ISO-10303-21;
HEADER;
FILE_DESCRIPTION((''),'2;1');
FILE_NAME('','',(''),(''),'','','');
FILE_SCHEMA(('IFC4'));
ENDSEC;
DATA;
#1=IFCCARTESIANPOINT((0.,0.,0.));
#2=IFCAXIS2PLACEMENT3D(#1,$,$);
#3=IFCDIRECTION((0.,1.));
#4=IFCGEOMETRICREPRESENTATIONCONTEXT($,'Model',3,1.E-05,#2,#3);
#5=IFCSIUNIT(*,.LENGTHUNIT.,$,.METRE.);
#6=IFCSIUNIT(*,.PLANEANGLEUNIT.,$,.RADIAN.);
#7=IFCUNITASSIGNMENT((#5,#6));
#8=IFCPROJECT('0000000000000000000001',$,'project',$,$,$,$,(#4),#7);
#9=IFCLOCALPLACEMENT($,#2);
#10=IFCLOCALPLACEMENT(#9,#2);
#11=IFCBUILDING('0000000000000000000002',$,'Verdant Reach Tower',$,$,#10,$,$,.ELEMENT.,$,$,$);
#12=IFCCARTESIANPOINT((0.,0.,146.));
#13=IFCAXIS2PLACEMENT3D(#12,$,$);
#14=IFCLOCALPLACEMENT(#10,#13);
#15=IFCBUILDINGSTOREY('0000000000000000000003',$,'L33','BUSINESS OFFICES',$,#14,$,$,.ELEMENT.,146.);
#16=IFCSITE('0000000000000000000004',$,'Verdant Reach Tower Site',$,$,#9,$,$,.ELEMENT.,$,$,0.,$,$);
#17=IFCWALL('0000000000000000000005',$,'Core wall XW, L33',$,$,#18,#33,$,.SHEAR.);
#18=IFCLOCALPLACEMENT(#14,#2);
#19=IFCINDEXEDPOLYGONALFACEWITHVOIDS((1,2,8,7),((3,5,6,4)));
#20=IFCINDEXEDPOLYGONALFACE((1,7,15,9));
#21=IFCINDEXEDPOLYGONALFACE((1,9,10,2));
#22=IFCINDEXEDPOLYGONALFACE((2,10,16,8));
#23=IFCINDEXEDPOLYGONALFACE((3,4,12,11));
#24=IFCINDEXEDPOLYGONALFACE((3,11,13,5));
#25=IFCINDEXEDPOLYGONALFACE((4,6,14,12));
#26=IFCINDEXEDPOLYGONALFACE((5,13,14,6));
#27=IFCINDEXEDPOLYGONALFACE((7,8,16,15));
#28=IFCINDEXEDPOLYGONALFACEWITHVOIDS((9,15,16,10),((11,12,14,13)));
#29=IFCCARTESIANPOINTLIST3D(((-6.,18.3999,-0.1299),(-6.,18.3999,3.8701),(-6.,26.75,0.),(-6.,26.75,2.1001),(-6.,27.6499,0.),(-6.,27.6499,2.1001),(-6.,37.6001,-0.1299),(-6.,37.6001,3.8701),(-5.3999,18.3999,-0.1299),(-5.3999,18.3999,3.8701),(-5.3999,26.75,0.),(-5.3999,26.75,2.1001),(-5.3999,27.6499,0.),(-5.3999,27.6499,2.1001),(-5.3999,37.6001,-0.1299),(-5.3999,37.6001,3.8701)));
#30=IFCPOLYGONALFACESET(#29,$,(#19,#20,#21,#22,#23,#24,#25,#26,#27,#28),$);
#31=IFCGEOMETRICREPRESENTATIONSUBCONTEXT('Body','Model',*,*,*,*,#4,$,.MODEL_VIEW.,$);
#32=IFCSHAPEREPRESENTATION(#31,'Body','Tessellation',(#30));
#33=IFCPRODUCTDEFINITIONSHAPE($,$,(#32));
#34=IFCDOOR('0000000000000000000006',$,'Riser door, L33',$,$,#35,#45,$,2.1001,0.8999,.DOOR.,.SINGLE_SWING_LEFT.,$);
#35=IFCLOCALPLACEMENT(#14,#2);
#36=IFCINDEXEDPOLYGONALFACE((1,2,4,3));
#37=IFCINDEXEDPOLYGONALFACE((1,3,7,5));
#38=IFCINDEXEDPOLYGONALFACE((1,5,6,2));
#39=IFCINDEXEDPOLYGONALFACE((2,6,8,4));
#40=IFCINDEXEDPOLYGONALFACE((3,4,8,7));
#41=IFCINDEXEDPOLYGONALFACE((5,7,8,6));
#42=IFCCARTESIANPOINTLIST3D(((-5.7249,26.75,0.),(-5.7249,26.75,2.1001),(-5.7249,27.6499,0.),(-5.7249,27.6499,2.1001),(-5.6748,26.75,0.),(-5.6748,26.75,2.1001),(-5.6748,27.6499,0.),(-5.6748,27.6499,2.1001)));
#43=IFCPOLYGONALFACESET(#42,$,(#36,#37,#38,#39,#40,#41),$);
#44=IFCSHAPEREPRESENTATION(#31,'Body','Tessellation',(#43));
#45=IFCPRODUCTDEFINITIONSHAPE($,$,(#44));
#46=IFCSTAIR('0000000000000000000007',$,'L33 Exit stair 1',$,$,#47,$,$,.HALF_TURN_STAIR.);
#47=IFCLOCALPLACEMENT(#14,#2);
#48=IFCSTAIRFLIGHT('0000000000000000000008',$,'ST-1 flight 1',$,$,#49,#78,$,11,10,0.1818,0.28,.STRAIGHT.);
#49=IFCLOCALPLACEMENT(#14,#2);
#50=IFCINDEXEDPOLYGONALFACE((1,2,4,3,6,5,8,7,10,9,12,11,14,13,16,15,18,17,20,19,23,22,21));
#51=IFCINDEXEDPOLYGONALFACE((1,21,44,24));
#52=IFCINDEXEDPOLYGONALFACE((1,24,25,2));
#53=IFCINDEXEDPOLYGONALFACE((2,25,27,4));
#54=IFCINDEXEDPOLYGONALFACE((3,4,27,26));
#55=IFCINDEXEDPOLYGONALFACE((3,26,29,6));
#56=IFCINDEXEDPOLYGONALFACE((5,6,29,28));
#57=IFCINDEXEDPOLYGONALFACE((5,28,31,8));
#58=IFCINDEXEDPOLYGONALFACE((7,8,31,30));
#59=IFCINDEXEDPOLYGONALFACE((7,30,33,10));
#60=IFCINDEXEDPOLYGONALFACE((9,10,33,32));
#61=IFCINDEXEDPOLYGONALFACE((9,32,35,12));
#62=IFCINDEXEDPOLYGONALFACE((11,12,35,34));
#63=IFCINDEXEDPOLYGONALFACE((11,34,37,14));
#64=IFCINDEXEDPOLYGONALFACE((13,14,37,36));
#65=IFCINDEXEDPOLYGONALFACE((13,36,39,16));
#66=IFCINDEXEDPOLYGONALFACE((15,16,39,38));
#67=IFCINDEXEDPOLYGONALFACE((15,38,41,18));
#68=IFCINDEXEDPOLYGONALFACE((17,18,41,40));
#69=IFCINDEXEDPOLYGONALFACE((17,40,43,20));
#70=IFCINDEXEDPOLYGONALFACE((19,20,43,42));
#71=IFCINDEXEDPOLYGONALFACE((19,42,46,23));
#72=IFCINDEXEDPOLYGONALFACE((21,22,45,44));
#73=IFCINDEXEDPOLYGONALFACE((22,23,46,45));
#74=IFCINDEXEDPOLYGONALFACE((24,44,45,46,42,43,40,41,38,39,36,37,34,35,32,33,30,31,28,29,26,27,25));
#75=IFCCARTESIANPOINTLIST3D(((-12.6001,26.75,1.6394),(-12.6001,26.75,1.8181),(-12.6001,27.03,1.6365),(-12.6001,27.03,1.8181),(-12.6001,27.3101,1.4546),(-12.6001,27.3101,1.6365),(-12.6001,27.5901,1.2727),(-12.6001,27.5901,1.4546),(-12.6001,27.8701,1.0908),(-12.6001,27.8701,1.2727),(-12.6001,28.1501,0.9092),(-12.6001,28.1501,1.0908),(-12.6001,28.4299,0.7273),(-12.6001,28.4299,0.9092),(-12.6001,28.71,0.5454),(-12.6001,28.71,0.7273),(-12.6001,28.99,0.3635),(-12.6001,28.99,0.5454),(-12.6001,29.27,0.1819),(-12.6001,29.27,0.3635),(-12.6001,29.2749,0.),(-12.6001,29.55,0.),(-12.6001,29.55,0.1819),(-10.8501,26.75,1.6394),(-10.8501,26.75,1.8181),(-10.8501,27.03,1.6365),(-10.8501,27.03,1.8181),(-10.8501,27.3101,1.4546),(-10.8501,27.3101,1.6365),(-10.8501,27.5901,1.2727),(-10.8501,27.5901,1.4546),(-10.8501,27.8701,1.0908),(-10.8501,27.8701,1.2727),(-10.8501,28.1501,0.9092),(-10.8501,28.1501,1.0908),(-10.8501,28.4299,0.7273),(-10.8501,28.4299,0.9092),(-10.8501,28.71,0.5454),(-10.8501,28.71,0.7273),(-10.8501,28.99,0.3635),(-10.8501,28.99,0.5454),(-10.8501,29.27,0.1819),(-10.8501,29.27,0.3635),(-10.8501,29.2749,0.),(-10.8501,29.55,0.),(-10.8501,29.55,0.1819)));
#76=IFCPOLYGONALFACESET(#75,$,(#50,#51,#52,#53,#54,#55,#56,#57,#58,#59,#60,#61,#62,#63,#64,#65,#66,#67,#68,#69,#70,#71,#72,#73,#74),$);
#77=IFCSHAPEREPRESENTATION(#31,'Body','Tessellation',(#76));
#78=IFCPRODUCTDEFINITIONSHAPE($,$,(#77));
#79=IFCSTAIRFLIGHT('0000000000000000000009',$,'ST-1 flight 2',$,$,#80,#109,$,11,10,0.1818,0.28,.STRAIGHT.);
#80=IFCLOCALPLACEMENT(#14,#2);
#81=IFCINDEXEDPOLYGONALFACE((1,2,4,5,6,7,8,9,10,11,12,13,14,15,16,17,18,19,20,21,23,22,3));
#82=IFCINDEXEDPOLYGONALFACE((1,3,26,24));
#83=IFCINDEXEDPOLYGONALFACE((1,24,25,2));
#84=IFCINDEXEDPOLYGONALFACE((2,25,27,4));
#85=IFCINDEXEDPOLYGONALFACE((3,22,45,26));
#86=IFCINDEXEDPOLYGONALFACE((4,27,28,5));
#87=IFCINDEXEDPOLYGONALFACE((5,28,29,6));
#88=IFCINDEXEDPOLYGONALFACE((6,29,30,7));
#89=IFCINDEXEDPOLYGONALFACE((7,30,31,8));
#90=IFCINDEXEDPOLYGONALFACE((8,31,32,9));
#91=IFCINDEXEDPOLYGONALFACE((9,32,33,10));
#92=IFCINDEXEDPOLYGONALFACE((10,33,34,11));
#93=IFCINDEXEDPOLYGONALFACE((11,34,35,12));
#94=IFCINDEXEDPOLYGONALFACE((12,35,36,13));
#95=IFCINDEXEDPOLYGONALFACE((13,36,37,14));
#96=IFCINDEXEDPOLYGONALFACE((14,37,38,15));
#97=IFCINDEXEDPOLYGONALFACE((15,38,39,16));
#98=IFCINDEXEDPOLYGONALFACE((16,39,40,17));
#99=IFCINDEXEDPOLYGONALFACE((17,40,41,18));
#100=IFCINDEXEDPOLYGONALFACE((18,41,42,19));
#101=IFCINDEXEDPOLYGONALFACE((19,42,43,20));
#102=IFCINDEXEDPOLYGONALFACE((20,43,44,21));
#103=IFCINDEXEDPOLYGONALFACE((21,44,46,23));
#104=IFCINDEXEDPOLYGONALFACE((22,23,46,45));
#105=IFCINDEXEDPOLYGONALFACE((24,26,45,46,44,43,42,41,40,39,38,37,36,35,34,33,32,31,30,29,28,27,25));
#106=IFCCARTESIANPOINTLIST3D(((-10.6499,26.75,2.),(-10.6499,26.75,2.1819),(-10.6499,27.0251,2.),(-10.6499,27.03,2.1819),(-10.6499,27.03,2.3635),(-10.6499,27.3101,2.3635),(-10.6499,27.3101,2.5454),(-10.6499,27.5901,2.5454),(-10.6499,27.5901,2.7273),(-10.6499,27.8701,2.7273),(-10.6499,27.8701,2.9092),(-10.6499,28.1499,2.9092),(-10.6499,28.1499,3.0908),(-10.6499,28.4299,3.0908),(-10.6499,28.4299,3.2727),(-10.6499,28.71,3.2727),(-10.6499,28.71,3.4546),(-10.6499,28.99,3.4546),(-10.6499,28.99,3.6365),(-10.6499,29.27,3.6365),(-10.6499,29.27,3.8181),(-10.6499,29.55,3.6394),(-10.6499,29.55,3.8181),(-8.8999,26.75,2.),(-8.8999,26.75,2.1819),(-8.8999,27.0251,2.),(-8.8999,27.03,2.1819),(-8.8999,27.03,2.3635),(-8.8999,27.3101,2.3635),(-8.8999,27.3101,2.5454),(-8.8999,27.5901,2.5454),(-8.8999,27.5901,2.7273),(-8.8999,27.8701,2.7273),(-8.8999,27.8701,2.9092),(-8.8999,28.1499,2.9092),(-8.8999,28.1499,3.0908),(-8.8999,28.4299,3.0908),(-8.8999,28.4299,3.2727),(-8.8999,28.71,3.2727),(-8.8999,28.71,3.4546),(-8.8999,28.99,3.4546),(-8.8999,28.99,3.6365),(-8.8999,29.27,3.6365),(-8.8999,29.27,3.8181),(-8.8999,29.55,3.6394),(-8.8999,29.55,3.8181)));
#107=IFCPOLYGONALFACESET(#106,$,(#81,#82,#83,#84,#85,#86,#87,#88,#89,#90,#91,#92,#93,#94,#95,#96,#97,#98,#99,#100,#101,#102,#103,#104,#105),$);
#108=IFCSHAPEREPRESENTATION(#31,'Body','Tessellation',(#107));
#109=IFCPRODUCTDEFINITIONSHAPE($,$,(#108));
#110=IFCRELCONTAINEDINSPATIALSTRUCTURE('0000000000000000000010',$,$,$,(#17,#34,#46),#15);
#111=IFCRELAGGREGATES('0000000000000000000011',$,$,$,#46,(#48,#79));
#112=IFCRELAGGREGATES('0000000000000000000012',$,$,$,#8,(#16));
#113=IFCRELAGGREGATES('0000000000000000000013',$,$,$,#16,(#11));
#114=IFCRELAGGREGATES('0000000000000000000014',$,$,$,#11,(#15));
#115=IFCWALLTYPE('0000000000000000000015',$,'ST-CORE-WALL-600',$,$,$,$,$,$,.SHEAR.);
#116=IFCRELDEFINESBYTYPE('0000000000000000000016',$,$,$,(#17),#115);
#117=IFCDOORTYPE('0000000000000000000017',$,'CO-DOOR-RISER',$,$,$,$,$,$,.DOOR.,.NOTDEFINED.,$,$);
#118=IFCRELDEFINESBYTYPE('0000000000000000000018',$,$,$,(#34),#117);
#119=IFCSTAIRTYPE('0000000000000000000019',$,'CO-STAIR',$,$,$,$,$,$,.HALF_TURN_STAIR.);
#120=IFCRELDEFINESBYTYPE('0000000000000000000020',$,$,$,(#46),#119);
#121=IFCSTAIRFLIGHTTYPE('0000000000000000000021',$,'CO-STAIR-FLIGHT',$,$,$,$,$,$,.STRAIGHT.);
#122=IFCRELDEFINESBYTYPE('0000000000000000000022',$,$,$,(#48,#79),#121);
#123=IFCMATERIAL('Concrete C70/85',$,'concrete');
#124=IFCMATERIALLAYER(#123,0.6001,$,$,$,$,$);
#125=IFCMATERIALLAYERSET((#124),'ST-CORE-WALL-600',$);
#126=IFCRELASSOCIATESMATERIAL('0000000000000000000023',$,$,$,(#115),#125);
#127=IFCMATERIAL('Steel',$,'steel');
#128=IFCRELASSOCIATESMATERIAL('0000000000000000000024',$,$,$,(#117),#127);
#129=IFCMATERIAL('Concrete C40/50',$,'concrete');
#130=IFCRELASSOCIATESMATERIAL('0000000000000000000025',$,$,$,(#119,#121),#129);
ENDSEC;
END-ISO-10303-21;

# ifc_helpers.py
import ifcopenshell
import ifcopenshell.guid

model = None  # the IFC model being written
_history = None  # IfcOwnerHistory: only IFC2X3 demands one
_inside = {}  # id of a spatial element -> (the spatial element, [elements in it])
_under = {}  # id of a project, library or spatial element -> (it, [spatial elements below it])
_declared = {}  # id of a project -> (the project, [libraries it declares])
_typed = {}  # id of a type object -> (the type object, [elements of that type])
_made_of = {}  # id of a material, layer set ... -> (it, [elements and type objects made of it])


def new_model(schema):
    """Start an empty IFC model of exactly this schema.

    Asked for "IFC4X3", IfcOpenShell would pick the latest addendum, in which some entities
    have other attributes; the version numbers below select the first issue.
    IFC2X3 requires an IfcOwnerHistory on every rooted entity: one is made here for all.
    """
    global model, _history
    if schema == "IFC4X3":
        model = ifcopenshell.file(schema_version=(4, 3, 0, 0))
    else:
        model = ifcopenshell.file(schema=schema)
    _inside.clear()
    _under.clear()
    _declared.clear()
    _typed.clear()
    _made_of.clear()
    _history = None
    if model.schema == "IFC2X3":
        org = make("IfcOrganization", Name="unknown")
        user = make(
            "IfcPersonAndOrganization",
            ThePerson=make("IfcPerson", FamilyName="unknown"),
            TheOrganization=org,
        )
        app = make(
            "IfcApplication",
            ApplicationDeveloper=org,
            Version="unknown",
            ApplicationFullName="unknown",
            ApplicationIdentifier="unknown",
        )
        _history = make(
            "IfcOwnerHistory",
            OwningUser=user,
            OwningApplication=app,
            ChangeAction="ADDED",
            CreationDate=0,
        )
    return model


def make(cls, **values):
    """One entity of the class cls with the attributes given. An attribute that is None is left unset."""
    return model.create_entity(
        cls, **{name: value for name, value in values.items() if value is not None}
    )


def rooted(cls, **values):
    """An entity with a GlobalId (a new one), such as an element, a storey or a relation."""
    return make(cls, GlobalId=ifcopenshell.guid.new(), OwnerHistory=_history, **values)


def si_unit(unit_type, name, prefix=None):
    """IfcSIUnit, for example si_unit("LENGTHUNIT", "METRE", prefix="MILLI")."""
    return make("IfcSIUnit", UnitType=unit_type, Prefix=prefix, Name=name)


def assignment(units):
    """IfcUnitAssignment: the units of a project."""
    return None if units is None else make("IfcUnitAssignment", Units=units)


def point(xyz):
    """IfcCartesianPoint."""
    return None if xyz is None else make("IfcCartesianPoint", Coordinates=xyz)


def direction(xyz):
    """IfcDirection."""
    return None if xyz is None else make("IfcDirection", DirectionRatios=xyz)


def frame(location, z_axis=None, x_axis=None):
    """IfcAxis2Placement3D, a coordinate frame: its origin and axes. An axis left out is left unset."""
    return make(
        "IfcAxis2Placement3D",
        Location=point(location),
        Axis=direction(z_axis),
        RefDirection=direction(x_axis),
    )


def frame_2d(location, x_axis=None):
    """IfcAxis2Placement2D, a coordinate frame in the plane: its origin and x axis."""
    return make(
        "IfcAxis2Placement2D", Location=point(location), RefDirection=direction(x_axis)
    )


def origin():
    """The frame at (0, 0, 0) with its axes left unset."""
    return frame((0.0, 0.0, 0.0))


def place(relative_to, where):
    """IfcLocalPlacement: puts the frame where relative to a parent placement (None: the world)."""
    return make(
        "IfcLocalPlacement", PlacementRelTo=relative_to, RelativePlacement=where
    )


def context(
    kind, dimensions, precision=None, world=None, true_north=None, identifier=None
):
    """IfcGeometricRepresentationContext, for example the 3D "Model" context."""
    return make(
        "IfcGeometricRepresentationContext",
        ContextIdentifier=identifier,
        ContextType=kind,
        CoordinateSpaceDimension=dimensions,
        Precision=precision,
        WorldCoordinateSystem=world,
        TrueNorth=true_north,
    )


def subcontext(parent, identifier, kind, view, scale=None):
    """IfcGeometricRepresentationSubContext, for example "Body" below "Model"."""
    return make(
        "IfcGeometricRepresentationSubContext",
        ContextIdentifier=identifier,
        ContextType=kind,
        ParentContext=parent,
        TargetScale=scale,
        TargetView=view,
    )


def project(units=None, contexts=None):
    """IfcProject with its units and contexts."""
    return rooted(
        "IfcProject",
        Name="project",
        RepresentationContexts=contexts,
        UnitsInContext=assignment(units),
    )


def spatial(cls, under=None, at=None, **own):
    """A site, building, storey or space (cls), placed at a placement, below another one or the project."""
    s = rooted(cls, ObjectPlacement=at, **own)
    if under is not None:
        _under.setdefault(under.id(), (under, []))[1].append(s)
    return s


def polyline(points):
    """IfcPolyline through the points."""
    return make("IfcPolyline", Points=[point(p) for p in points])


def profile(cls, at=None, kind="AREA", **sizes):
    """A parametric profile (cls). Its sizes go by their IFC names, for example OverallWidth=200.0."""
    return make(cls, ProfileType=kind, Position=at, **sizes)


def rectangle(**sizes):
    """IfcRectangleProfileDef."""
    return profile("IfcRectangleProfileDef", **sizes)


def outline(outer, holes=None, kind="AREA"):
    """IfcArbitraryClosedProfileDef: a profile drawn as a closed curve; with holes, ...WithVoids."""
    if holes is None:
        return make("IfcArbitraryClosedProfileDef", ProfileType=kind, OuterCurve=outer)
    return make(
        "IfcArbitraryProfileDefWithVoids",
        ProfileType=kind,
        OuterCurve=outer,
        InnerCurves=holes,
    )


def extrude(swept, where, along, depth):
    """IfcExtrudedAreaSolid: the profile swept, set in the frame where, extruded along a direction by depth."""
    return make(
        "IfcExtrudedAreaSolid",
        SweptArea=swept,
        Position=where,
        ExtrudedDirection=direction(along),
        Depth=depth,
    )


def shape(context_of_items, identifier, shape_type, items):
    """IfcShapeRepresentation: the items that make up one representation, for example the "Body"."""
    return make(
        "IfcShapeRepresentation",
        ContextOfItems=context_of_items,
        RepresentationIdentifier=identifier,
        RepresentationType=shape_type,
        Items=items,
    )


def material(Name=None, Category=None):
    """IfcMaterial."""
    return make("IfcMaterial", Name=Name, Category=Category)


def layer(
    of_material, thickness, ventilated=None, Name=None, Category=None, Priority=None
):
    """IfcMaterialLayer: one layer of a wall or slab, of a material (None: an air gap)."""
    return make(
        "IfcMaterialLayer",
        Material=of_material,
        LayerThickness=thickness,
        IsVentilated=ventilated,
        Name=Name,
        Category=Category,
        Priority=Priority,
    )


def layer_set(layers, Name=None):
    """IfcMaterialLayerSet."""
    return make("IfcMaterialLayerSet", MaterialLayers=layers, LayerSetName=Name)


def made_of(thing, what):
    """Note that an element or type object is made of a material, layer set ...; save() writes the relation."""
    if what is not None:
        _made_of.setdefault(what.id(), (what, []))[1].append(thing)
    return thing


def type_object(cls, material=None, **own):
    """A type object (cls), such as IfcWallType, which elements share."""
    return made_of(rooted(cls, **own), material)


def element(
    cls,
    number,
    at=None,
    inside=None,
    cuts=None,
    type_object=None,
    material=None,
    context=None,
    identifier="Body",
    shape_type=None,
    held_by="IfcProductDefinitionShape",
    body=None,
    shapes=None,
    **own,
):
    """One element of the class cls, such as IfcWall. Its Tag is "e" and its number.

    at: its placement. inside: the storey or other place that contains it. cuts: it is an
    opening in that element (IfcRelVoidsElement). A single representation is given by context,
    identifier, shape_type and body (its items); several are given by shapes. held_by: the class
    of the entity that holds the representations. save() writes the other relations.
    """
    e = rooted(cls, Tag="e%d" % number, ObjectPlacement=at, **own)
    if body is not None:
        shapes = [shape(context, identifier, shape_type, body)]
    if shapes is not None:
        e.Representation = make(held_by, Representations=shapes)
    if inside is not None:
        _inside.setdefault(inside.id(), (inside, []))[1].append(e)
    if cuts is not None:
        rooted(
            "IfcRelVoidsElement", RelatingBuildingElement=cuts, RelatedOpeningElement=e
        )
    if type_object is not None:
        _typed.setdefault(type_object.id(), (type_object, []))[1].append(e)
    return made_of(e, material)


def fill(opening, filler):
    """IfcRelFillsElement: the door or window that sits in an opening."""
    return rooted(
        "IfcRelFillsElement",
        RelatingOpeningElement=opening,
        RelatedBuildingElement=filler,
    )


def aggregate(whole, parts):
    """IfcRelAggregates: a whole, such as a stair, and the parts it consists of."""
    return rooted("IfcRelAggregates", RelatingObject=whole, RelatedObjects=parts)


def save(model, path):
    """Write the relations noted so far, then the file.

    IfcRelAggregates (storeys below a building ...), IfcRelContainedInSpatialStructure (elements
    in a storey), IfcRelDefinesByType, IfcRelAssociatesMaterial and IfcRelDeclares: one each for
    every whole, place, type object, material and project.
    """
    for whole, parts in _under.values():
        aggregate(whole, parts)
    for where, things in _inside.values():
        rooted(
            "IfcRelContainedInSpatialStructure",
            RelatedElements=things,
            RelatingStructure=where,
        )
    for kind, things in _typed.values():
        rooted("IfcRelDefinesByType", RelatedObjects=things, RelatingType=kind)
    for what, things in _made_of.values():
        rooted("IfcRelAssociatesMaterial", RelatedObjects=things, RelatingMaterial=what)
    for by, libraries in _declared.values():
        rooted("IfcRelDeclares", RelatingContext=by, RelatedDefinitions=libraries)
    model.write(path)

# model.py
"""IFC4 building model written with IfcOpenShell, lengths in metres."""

from ifc_helpers import new_model, si_unit, direction, frame, frame_2d, origin, place, context, subcontext, project, spatial, polyline, rectangle, outline, extrude, material, layer, layer_set, type_object, element, fill, aggregate, save


model = new_model("IFC4")

# Units and contexts
model_context = context("Model", 3, precision=1e-05, world=origin(), true_north=direction((0.0, 1.0)))
body_context = subcontext(model_context, "Body", "Model", "MODEL_VIEW")
ifc_project = project(units=[si_unit("LENGTHUNIT", "METRE"), si_unit("PLANEANGLEUNIT", "RADIAN")], contexts=[model_context])

# Site, building, storey
site_placement = place(None, origin())
site = spatial("IfcSite", under=ifc_project, at=site_placement, Name="Verdant Reach Tower Site", CompositionType="ELEMENT", RefElevation=0.0)
building_placement = place(site_placement, origin())
building = spatial("IfcBuilding", under=site, at=building_placement, Name="Verdant Reach Tower", CompositionType="ELEMENT")
storey_placement = place(building_placement, frame((0.0, 0.0, 146.0)))
storey = spatial("IfcBuildingStorey", under=building, at=storey_placement, Name="L33", Description="BUSINESS OFFICES", CompositionType="ELEMENT", Elevation=146.0)

# Shared definitions
ifc_material_1 = material(Name="Concrete C40/50", Category="concrete")

# Wall, opening, door
ifc_material_2 = material(Name="Concrete C70/85", Category="concrete")
ifc_layer_1 = layer(ifc_material_2, 0.6001)
ifc_layer_set_1 = layer_set([ifc_layer_1], Name="ST-CORE-WALL-600")
wall_type_1 = type_object("IfcWallType", Name="ST-CORE-WALL-600", PredefinedType="SHEAR", material=ifc_layer_set_1)
wall_1_placement = place(storey_placement, frame((-5.7, 18.3999, -0.1299), z_axis=(0.0, 0.0, 1.0), x_axis=(0.0, 1.0, 0.0)))
wall_1 = element("IfcWall", 1, at=wall_1_placement, inside=storey, type_object=wall_type_1, Name="Core wall XW, L33", PredefinedType="SHEAR", context=body_context, shape_type="SweptSolid", body=[
    extrude(rectangle(XDim=19.2002, YDim=0.6001, at=frame_2d((9.6001, 0.0))), origin(), (0.0, 0.0, 1.0), 4.0),
])
opening_1_placement = place(wall_1_placement, frame((8.3501, 0.0, 0.1299)))
opening_1 = element("IfcOpeningElement", 2, at=opening_1_placement, cuts=wall_1, PredefinedType="OPENING", context=body_context, shape_type="SweptSolid", body=[
    extrude(rectangle(XDim=0.8999, YDim=2.1001, at=frame_2d((0.45, 1.05))), frame((0.0, 0.3101, 0.0), z_axis=(0.0, -1.0, 0.0), x_axis=(1.0, 0.0, 0.0)), (0.0, 0.0, 1.0), 0.6201),
])
ifc_material_3 = material(Name="Steel", Category="steel")
door_type_1 = type_object("IfcDoorType", Name="CO-DOOR-RISER", OperationType="NOTDEFINED", PredefinedType="DOOR", material=ifc_material_3)
door_1_placement = place(opening_1_placement, origin())
door_1 = element("IfcDoor", 3, at=door_1_placement, inside=storey, type_object=door_type_1, Name="Riser door, L33", OperationType="SINGLE_SWING_LEFT", OverallHeight=2.1001, OverallWidth=0.8999, PredefinedType="DOOR", context=body_context, shape_type="SweptSolid", body=[
    extrude(rectangle(XDim=0.8999, YDim=2.1001, at=frame_2d((0.45, 1.05))), frame((0.0, 0.0249, 0.0), z_axis=(0.0, -1.0, 0.0), x_axis=(1.0, 0.0, 0.0)), (0.0, 0.0, 1.0), 0.05),
])
fill(opening_1, door_1)

# Stair, stair flights
stair_type = type_object("IfcStairType", Name="CO-STAIR", PredefinedType="HALF_TURN_STAIR", material=ifc_material_1)
stair_placement = place(storey_placement, origin())
stair = element("IfcStair", 4, at=stair_placement, inside=storey, type_object=stair_type, Name="L33 Exit stair 1", PredefinedType="HALF_TURN_STAIR")
stair_flight_type = type_object("IfcStairFlightType", Name="CO-STAIR-FLIGHT", PredefinedType="STRAIGHT", material=ifc_material_1)
stair_flight_1_placement = place(storey_placement, frame((-11.7251, 29.55, 0.0), z_axis=(0.0, 0.0, 1.0), x_axis=(0.0, -1.0, 0.0)))
stair_flight_1 = element("IfcStairFlight", 5, at=stair_flight_1_placement, type_object=stair_flight_type, Name="ST-1 flight 1", NumberOfRisers=11, NumberOfTreads=10, PredefinedType="STRAIGHT", RiserHeight=0.1818, TreadLength=0.28, context=body_context, shape_type="SweptSolid", body=[
    extrude(outline(polyline([(0.0, 0.0), (0.0, 0.1819), (0.28, 0.1819), (0.28, 0.3635), (0.5601, 0.3635), (0.5601, 0.5454), (0.8401, 0.5454), (0.8401, 0.7273), (1.1201, 0.7273), (1.1201, 0.9092), (1.3999, 0.9092), (1.3999, 1.0908), (1.6799, 1.0908), (1.6799, 1.2727), (1.96, 1.2727), (1.96, 1.4546), (2.24, 1.4546), (2.24, 1.6365), (2.52, 1.6365), (2.52, 1.8181), (2.8, 1.8181), (2.8, 2.0), (2.8, 1.6394), (0.2751, 0.0), (0.0, 0.0)])), frame((0.0, 0.875, 0.0), z_axis=(0.0, -1.0, 0.0), x_axis=(1.0, 0.0, 0.0)), (0.0, 0.0, 1.0), 1.75),
])
stair_flight_2_placement = place(storey_placement, frame((-9.7749, 26.75, 2.0), z_axis=(0.0, 0.0, 1.0), x_axis=(0.0, 1.0, 0.0)))
stair_flight_2 = element("IfcStairFlight", 6, at=stair_flight_2_placement, type_object=stair_flight_type, Name="ST-1 flight 2", NumberOfRisers=11, NumberOfTreads=10, PredefinedType="STRAIGHT", RiserHeight=0.1818, TreadLength=0.28, context=body_context, shape_type="SweptSolid", body=[
    extrude(outline(polyline([(0.0, 0.0), (0.0, 0.1819), (0.28, 0.1819), (0.28, 0.3635), (0.5601, 0.3635), (0.5601, 0.5454), (0.8401, 0.5454), (0.8401, 0.7273), (1.1201, 0.7273), (1.1201, 0.9092), (1.3999, 0.9092), (1.3999, 1.0908), (1.6799, 1.0908), (1.6799, 1.2727), (1.96, 1.2727), (1.96, 1.4546), (2.24, 1.4546), (2.24, 1.6365), (2.52, 1.6365), (2.52, 1.8181), (2.8, 1.8181), (2.8, 2.0), (2.8, 1.6394), (0.2751, 0.0), (0.0, 0.0)])), frame((0.0, 0.875, 0.0), z_axis=(0.0, -1.0, 0.0), x_axis=(1.0, 0.0, 0.0)), (0.0, 0.0, 1.0), 1.75),
])
aggregate(stair, [stair_flight_1, stair_flight_2])

save(model, "model.ifc")
